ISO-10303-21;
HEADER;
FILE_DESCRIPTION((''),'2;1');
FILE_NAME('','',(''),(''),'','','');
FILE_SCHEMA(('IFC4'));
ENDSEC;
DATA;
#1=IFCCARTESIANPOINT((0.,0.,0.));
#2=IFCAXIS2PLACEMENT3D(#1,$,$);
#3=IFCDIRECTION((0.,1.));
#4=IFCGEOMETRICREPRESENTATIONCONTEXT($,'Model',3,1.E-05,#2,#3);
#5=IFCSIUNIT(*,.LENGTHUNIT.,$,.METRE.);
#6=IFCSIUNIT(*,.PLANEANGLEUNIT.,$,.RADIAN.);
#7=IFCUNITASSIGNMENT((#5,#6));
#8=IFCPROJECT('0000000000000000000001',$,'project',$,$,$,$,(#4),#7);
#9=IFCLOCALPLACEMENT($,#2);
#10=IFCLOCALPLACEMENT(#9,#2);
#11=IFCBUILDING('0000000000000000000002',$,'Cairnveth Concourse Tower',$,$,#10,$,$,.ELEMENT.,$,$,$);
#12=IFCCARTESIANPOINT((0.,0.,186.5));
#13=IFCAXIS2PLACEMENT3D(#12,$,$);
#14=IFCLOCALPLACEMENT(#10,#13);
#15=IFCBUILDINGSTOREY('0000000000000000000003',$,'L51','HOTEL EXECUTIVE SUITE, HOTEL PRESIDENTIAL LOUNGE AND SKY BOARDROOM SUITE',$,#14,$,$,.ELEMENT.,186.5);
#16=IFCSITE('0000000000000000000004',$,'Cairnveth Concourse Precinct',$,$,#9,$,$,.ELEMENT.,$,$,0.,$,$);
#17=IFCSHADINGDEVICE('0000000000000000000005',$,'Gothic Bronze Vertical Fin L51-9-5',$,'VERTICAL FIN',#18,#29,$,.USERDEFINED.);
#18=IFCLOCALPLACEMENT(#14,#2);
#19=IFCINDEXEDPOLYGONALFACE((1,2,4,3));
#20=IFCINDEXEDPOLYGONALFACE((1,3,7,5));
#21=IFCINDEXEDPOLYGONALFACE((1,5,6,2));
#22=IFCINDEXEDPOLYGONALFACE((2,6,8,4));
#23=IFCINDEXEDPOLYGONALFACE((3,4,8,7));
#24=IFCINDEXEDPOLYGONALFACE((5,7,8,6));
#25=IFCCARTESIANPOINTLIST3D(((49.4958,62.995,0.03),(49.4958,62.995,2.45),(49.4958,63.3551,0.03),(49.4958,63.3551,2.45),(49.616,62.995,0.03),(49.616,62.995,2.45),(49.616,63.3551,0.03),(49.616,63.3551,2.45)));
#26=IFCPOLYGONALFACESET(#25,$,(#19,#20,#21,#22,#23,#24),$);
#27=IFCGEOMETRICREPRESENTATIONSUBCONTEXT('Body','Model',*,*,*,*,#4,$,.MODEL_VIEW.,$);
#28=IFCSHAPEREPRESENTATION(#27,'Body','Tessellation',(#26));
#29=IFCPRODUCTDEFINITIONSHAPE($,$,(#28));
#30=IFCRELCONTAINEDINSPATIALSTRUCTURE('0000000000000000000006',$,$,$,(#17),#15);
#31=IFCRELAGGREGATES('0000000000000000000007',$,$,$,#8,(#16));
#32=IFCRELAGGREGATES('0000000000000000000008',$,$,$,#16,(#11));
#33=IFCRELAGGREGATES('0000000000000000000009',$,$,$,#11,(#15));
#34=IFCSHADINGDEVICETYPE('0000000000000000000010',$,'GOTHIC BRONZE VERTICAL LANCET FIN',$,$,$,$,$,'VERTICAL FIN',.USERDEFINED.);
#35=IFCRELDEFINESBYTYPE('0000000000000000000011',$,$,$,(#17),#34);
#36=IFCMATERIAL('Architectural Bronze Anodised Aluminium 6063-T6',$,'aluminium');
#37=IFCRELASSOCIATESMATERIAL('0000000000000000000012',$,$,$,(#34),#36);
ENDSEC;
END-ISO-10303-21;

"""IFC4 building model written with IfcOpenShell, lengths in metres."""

from ifc_helpers import new_model, si_unit, direction, frame, origin, origin_2d, place, context, subcontext, project, spatial, rectangle, extrude, material, type_object, element, save


model = new_model("IFC4")

# Units and contexts
model_context = context("Model", 3, precision=1e-05, world=origin(), true_north=direction((0.0, 1.0)))
body_context = subcontext(model_context, "Body", "Model", "MODEL_VIEW")
ifc_project = project(units=[si_unit("LENGTHUNIT", "METRE"), si_unit("PLANEANGLEUNIT", "RADIAN")], contexts=[model_context])

# Site, building, storey
site_placement = place(None, origin())
site = spatial("IfcSite", under=ifc_project, at=site_placement, Name="Cairnveth Concourse Precinct", CompositionType="ELEMENT", RefElevation=0.0)
building_placement = place(site_placement, origin())
building = spatial("IfcBuilding", under=site, at=building_placement, Name="Cairnveth Concourse Tower", CompositionType="ELEMENT")
storey_placement = place(building_placement, frame((0.0, 0.0, 186.5)))
storey = spatial("IfcBuildingStorey", under=building, at=storey_placement, Name="L51", Description="HOTEL EXECUTIVE SUITE, HOTEL PRESIDENTIAL LOUNGE AND SKY BOARDROOM SUITE", CompositionType="ELEMENT", Elevation=186.5)

# Shading device
ifc_material_1 = material(Name="Architectural Bronze Anodised Aluminium 6063-T6", Category="aluminium")
shading_device_type = type_object("IfcShadingDeviceType", Name="GOTHIC BRONZE VERTICAL LANCET FIN", ElementType="VERTICAL FIN", PredefinedType="USERDEFINED", material=ifc_material_1)
for number, where, z_axis, x_axis, name in (
    (1, (49.5559, 63.175, 0.03), (0.0, 0.0, 1.0), (1.0, 0.0, 0.0), "Gothic Bronze Vertical Fin L51-9-5"),
):
    element("IfcShadingDevice", number, at=place(storey_placement, frame(where, z_axis=z_axis, x_axis=x_axis)), inside=storey, type_object=shading_device_type, Name=name, ObjectType="VERTICAL FIN", PredefinedType="USERDEFINED", context=body_context, shape_type="SweptSolid", body=[
        extrude(rectangle(XDim=0.1201, YDim=0.3601, at=origin_2d()), origin(), (0.0, 0.0, 1.0), 2.4199),
    ])

save(model, "model.ifc")
